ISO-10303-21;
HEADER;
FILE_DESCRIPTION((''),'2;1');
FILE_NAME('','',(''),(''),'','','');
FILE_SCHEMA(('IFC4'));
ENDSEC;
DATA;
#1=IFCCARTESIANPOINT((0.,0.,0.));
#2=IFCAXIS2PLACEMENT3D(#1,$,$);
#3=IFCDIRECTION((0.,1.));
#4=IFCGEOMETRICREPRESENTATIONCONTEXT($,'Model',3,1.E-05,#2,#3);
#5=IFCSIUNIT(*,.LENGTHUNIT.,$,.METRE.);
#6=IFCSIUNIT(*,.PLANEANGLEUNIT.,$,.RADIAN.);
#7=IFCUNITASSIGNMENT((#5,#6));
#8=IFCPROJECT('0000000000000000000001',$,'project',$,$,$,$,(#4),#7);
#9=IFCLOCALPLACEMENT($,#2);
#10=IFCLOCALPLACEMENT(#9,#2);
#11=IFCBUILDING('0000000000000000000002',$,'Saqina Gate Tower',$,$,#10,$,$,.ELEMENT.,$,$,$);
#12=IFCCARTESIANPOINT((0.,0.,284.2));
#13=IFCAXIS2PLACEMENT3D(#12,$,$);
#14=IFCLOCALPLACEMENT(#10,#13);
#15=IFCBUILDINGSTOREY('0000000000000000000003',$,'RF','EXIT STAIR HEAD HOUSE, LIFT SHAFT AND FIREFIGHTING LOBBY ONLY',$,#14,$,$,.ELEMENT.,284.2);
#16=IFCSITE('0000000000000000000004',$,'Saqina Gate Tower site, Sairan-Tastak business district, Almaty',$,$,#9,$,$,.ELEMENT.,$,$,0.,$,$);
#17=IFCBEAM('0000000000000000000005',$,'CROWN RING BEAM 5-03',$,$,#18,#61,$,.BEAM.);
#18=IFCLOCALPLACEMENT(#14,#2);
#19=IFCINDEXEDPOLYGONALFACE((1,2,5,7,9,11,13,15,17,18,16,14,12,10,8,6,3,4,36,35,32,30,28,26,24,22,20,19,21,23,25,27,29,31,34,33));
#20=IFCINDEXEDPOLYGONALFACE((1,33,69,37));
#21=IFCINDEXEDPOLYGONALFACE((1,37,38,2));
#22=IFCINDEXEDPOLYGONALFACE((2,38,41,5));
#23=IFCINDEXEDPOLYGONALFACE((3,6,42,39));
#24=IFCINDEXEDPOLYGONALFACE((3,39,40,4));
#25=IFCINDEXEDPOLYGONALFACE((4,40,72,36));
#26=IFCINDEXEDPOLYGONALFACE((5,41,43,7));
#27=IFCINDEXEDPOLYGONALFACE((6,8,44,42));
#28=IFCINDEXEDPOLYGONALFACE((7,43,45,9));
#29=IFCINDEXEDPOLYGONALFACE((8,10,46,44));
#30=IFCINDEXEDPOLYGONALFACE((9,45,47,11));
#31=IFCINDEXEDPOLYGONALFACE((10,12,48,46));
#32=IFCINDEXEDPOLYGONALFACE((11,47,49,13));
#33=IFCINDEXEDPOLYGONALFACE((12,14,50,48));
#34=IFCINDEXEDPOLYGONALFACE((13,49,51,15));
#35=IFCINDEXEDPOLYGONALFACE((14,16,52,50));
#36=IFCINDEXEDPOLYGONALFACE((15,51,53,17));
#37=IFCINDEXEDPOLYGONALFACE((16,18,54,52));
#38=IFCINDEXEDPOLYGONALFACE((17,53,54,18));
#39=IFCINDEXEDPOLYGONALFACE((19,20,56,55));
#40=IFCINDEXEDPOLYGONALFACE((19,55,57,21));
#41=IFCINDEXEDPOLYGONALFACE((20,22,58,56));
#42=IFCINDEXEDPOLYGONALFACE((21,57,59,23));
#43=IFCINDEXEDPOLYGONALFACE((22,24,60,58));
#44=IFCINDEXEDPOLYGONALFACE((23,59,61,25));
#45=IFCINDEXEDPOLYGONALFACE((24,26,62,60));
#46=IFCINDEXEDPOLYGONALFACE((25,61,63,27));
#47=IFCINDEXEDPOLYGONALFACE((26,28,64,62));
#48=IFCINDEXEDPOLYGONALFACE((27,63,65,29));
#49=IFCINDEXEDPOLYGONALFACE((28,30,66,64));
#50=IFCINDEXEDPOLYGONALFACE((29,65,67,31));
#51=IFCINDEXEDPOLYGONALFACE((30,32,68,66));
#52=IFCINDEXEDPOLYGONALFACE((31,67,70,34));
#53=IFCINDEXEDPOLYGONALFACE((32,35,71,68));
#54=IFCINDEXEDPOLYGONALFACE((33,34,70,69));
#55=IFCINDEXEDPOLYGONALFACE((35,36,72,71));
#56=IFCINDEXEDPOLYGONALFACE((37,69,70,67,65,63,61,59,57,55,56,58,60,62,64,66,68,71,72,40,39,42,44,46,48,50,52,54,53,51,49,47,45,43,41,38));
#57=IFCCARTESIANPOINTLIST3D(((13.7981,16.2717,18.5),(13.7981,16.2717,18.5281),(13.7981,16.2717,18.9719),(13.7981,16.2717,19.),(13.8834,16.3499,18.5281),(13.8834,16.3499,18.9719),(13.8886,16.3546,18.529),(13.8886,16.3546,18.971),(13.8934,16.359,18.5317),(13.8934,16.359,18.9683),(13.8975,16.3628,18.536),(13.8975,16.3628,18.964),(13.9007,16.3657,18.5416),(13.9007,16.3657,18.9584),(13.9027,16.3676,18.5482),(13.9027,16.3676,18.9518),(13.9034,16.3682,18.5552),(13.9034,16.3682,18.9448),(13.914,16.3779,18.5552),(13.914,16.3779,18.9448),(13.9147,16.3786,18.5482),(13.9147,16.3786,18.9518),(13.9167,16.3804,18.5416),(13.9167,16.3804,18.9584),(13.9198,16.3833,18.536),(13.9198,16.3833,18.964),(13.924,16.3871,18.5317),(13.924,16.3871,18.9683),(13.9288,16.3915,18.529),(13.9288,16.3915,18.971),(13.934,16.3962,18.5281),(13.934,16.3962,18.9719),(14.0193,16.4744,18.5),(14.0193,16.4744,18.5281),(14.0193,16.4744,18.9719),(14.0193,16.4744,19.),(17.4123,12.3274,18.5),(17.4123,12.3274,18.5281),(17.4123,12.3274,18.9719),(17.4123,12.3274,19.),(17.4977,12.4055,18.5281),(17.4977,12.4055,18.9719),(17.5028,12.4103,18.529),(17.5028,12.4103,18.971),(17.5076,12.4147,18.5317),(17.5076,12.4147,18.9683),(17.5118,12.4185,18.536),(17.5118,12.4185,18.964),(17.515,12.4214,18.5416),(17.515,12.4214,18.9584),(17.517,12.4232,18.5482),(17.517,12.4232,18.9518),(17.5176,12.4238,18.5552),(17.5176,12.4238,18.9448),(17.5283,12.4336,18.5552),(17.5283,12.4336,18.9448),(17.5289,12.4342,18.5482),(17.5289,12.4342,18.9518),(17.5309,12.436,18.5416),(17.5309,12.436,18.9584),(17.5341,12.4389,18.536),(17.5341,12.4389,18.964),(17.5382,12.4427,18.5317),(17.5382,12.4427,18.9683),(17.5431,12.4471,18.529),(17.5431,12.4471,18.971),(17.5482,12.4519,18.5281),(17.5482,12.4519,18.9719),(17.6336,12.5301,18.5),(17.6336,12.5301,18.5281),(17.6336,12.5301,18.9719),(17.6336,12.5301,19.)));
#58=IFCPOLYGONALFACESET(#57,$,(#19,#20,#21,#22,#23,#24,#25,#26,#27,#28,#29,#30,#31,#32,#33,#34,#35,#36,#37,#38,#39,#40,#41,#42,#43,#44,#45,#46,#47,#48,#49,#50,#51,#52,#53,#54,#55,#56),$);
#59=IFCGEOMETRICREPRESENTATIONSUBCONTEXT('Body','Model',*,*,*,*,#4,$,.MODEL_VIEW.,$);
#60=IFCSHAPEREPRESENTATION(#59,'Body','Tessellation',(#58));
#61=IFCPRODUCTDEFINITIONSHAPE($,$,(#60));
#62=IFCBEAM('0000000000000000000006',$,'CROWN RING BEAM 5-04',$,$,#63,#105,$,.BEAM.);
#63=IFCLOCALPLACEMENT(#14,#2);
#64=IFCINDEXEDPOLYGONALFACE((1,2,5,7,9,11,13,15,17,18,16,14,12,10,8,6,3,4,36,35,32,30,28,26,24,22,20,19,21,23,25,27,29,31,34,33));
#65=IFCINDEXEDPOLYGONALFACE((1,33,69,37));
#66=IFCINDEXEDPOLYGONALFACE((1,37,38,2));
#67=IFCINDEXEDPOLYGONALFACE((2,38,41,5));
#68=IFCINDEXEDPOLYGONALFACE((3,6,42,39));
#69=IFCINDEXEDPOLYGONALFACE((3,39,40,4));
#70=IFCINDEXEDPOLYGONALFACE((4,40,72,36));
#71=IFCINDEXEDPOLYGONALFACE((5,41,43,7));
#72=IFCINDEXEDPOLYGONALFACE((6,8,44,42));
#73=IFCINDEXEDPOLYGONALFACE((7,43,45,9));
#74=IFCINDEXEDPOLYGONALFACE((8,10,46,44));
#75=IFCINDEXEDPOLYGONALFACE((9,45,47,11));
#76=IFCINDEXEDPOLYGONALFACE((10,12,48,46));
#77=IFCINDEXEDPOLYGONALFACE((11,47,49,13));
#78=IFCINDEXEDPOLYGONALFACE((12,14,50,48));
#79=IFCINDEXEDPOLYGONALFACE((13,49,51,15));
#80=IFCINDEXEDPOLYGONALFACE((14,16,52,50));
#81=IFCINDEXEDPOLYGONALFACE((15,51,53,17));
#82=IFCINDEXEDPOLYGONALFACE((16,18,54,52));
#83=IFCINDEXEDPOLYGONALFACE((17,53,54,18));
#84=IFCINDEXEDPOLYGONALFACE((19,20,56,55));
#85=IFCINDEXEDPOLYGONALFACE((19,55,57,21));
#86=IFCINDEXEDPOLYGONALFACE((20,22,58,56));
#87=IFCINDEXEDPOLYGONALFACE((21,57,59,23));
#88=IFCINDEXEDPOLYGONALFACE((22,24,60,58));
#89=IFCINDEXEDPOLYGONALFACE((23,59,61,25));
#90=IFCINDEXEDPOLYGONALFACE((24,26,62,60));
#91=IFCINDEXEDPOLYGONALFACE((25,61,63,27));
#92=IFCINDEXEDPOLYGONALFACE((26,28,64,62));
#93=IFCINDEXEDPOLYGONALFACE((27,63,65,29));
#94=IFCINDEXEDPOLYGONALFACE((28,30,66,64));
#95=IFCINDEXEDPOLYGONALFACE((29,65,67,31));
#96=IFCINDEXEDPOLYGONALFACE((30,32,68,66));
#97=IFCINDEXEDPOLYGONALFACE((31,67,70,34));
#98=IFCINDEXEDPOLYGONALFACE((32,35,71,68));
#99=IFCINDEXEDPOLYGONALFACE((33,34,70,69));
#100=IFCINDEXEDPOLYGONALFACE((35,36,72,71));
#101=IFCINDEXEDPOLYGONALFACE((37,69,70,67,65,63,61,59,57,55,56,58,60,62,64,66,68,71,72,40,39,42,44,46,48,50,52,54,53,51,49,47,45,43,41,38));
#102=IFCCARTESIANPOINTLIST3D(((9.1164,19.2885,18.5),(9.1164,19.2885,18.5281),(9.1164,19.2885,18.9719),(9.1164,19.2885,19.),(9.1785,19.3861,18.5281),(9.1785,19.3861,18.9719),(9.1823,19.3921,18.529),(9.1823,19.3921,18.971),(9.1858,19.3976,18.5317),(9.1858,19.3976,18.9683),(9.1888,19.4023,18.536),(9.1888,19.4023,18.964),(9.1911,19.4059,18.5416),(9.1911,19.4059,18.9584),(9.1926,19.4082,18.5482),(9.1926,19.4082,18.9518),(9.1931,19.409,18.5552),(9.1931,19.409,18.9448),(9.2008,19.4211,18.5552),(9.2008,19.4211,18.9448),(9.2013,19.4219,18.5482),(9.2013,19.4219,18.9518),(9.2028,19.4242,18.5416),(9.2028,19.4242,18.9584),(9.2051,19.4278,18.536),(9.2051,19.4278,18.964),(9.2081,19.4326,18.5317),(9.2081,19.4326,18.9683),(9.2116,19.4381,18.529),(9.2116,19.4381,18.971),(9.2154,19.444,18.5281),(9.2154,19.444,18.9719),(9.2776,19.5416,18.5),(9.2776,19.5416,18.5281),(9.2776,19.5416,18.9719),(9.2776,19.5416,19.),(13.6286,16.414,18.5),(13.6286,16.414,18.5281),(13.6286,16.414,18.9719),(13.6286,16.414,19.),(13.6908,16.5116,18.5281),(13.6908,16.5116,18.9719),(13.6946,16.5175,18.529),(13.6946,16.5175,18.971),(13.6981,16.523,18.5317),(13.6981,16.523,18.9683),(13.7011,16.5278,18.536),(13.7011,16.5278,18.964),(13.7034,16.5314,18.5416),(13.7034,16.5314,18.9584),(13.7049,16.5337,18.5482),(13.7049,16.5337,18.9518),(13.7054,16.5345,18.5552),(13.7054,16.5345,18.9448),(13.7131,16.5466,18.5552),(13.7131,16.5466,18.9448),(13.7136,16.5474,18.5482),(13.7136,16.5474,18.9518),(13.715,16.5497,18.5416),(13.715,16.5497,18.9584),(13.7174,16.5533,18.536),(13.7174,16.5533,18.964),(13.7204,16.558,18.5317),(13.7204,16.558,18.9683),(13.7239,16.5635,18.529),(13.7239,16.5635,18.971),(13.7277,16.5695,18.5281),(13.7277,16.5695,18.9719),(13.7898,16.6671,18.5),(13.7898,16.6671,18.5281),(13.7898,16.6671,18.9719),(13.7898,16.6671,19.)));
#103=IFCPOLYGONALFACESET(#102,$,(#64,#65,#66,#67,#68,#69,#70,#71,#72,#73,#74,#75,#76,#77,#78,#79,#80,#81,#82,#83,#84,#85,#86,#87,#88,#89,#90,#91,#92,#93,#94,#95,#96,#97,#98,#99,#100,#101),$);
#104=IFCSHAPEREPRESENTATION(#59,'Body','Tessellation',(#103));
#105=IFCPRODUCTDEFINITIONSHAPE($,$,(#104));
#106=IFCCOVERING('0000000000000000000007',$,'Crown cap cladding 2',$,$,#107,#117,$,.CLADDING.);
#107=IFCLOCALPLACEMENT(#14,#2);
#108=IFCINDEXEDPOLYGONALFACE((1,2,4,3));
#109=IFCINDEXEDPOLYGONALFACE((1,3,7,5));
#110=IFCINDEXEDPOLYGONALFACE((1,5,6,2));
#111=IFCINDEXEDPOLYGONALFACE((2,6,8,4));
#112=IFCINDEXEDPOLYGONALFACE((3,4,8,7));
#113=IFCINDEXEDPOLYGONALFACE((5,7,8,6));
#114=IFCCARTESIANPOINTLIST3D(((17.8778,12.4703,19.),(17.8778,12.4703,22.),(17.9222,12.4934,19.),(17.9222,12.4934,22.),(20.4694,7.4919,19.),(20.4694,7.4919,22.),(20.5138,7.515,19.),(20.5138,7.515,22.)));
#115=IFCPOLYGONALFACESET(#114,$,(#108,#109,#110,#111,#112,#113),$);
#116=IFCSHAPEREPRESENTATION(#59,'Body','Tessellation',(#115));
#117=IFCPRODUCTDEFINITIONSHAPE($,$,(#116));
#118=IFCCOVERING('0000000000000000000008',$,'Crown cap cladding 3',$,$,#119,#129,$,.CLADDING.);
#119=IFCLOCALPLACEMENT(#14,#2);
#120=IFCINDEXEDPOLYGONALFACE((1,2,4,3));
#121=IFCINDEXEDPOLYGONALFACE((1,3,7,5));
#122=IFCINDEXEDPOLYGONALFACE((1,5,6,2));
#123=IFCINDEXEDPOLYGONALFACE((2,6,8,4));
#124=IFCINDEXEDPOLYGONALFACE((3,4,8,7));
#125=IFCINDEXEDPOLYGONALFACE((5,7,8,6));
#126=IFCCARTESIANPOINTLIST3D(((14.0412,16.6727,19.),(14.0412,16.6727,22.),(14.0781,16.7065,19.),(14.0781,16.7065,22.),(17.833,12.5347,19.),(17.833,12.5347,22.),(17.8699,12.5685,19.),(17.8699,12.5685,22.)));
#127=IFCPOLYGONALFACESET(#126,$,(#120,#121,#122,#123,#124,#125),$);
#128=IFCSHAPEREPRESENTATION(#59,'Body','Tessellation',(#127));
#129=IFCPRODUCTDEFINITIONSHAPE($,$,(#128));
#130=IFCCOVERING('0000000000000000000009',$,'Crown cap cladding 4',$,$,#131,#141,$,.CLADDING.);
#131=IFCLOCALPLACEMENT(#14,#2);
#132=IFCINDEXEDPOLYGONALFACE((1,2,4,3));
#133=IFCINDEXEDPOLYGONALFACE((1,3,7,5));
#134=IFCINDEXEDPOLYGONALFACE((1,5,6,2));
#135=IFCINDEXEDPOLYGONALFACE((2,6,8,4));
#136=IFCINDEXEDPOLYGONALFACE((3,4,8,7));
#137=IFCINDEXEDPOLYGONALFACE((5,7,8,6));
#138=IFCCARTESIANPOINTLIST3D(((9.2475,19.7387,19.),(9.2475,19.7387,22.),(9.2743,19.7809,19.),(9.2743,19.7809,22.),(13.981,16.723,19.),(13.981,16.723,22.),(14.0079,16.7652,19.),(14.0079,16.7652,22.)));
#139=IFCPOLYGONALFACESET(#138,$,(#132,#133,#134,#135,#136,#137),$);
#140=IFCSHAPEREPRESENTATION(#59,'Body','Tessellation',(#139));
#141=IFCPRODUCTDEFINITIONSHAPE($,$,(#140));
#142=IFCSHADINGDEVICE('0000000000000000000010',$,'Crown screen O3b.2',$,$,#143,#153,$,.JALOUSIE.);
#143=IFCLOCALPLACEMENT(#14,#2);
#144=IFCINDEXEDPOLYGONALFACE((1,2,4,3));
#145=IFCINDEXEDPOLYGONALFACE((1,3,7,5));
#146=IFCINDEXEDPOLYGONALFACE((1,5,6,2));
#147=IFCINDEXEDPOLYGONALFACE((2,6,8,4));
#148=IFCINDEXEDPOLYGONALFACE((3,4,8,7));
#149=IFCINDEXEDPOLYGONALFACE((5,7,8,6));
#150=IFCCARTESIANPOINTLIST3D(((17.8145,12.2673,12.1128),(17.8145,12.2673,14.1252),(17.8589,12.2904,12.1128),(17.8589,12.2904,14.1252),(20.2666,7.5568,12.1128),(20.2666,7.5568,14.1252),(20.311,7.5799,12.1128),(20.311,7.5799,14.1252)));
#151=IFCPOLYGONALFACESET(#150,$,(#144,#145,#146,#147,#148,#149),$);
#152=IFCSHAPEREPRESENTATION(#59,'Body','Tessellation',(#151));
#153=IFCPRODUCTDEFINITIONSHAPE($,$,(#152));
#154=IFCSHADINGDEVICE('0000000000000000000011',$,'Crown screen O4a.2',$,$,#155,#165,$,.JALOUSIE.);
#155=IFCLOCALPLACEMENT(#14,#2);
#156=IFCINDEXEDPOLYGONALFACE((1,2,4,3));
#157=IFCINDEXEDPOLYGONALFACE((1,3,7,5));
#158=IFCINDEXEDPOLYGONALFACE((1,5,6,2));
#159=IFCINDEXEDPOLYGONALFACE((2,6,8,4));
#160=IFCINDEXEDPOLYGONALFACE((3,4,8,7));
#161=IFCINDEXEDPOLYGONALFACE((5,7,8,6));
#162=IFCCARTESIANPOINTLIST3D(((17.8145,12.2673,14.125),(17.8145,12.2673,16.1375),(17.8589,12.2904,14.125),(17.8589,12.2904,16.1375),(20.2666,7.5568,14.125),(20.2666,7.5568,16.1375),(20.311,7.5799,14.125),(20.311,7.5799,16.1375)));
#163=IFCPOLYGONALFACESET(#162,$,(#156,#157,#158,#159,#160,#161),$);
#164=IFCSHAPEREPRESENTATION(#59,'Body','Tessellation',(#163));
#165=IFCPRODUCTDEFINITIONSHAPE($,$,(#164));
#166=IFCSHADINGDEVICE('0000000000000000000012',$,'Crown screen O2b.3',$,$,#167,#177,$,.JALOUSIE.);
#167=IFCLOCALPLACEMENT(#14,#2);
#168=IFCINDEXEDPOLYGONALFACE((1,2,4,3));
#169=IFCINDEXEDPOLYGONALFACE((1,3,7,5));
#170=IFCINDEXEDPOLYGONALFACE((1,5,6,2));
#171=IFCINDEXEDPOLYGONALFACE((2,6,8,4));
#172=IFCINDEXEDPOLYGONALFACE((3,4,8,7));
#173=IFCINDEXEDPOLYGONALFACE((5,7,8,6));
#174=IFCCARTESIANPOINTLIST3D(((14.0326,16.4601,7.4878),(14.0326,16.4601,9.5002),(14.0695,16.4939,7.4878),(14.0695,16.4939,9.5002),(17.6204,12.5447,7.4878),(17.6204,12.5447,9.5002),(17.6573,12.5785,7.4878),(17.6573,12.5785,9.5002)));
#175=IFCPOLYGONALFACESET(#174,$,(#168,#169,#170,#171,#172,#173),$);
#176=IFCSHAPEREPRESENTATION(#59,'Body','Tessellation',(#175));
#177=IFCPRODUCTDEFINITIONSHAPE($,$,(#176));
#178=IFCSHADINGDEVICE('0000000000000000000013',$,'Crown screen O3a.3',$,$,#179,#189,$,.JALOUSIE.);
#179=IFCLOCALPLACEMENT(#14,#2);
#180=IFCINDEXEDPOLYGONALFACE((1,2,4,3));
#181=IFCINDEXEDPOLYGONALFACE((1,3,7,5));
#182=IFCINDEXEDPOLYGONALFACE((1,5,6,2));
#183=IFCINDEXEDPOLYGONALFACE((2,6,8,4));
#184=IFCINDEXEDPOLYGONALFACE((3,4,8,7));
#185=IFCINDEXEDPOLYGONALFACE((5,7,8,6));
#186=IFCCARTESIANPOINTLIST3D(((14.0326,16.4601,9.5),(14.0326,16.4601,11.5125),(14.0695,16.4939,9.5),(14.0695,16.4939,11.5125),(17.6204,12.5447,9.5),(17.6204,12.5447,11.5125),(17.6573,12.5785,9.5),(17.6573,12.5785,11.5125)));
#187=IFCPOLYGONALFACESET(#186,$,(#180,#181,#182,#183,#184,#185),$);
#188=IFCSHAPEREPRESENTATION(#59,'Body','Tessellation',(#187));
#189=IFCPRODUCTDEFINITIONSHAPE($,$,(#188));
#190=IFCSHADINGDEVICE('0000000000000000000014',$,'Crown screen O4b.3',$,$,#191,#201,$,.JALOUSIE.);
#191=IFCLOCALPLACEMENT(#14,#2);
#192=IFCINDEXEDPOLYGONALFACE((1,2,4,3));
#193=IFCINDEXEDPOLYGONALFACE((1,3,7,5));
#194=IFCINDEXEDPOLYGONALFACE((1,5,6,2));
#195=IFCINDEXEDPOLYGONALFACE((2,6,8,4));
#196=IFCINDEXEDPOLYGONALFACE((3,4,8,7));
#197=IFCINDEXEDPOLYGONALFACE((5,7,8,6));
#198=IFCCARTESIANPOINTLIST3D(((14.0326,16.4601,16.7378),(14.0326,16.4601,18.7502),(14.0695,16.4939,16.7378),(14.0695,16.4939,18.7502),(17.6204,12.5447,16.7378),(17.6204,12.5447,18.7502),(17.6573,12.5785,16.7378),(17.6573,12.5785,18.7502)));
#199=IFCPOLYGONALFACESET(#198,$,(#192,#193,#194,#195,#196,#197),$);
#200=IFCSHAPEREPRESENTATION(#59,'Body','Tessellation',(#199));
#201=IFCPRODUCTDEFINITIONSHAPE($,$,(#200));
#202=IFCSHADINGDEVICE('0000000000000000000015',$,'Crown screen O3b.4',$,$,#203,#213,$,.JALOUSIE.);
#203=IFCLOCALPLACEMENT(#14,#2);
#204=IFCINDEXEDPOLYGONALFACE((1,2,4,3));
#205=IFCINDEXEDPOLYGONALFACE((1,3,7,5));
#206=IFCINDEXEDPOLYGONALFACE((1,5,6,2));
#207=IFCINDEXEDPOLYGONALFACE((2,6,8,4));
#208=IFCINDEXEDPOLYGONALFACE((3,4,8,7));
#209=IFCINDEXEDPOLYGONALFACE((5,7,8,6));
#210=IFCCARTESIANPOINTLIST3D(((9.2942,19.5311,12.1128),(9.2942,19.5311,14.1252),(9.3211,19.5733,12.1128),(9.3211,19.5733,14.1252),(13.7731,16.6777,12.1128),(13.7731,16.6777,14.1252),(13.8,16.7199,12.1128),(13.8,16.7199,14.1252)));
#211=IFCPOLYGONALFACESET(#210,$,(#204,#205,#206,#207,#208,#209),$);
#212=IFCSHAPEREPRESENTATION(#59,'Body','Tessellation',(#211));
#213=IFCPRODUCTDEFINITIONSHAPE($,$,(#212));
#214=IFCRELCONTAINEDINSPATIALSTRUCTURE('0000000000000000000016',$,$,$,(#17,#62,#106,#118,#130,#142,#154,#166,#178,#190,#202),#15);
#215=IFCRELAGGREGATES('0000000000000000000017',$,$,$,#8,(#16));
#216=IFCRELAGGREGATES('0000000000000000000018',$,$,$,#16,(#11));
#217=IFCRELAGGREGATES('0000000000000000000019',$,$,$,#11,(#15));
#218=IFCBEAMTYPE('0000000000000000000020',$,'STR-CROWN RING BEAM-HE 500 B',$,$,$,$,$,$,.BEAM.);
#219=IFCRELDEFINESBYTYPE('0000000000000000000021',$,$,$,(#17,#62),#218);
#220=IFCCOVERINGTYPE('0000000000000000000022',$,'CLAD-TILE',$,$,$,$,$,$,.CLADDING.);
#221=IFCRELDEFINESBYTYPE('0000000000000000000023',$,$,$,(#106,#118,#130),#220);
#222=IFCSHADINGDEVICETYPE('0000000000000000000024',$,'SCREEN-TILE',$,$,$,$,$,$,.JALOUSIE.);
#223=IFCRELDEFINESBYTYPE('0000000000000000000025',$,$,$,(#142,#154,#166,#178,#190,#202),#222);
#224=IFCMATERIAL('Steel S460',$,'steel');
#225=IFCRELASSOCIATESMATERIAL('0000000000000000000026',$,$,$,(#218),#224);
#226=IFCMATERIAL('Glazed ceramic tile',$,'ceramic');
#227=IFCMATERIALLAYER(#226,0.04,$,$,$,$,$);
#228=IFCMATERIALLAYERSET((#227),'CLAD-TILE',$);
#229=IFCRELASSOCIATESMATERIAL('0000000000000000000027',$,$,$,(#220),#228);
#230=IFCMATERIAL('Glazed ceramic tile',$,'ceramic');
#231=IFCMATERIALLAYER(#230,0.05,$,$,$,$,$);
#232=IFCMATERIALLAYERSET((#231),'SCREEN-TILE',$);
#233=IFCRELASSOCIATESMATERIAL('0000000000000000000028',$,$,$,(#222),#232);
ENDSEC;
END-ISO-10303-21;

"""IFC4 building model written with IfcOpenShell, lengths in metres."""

from ifc_helpers import new_model, si_unit, direction, frame, origin, origin_2d, place, context, subcontext, project, spatial, rectangle, i_section, extrude, material, layer, layer_set, material_profile, profile_set, type_object, element, save


model = new_model("IFC4")

# Units and contexts
model_context = context("Model", 3, precision=1e-05, world=origin(), true_north=direction((0.0, 1.0)))
body_context = subcontext(model_context, "Body", "Model", "MODEL_VIEW")
ifc_project = project(units=[si_unit("LENGTHUNIT", "METRE"), si_unit("PLANEANGLEUNIT", "RADIAN")], contexts=[model_context])

# Site, building, storey
site_placement = place(None, origin())
site = spatial("IfcSite", under=ifc_project, at=site_placement, Name="Saqina Gate Tower site, Sairan-Tastak business district, Almaty", CompositionType="ELEMENT", RefElevation=0.0)
building_placement = place(site_placement, origin())
building = spatial("IfcBuilding", under=site, at=building_placement, Name="Saqina Gate Tower", CompositionType="ELEMENT")
storey_placement = place(building_placement, frame((0.0, 0.0, 284.2)))
storey = spatial("IfcBuildingStorey", under=building, at=storey_placement, Name="RF", Description="EXIT STAIR HEAD HOUSE, LIFT SHAFT AND FIREFIGHTING LOBBY ONLY", CompositionType="ELEMENT", Elevation=284.2)

# Beams
ifc_material_1 = material(Name="Steel S460", Category="steel")
ifc_material_profile_1 = material_profile(ifc_material_1, i_section(OverallWidth=0.3, OverallDepth=0.5, WebThickness=0.0144, FlangeThickness=0.0281, FilletRadius=0.0271, at=origin_2d()), Name="HE 500 B")
ifc_profile_set_1 = profile_set([ifc_material_profile_1], Name="Steel S460")
beam_type_1 = type_object("IfcBeamType", Name="STR-CROWN RING BEAM-HE 500 B", PredefinedType="BEAM", material=ifc_profile_set_1)
beam_1_placement = place(storey_placement, frame((17.5229, 12.4287, 18.75), z_axis=(-0.675584, 0.737283, 0.0), x_axis=(-0.737283, -0.675584, 0.0)))
element("IfcBeam", 1, at=beam_1_placement, inside=storey, type_object=beam_type_1, Name="CROWN RING BEAM 5-03", PredefinedType="BEAM", context=body_context, shape_type="SweptSolid", body=[
    extrude(i_section(OverallWidth=0.3, OverallDepth=0.5, WebThickness=0.0144, FlangeThickness=0.0281, FilletRadius=0.0271, at=origin_2d()), origin(), (0.0, 0.0, 1.0), 5.3499),
])
beam_2_placement = place(storey_placement, frame((13.7092, 16.5405, 18.75), z_axis=(-0.843398, 0.537289, 0.0), x_axis=(-0.537289, -0.843398, 0.0)))
element("IfcBeam", 2, at=beam_2_placement, inside=storey, type_object=beam_type_1, Name="CROWN RING BEAM 5-04", PredefinedType="BEAM", context=body_context, shape_type="SweptSolid", body=[
    extrude(i_section(OverallWidth=0.3, OverallDepth=0.5, WebThickness=0.0144, FlangeThickness=0.0281, FilletRadius=0.0271, at=origin_2d()), origin(), (0.0, 0.0, 1.0), 5.3501),
])

# Coverings
ifc_material_2 = material(Name="Glazed ceramic tile", Category="ceramic")
ifc_layer_1 = layer(ifc_material_2, 0.04)
ifc_layer_set_1 = layer_set([ifc_layer_1], Name="CLAD-TILE")
covering_type = type_object("IfcCoveringType", Name="CLAD-TILE", PredefinedType="CLADDING", material=ifc_layer_set_1)
for number, where, z_axis, x_axis, name in (
    (3, (19.1958, 9.9927, 19.0), (0.0, 0.0, 1.0), (-0.461749, 0.887011, 0.0), "Crown cap cladding 2"),
    (4, (15.9556, 14.6206, 19.0), (0.0, 0.0, 1.0), (-0.67559, 0.737277, 0.0), "Crown cap cladding 3"),
    (5, (11.6277, 18.252, 19.0), (0.0, 0.0, 1.0), (-0.843391, 0.5373, 0.0), "Crown cap cladding 4"),
):
    element("IfcCovering", number, at=place(storey_placement, frame(where, z_axis=z_axis, x_axis=x_axis)), inside=storey, type_object=covering_type, Name=name, PredefinedType="CLADDING", context=body_context, shape_type="SweptSolid", body=[
        extrude(rectangle(XDim=5.6125, YDim=0.05, at=origin_2d()), origin(), (0.0, 0.0, 1.0), 3.0),
    ])

# Shading devices
ifc_material_3 = material(Name="Glazed ceramic tile", Category="ceramic")
ifc_layer_2 = layer(ifc_material_3, 0.05)
ifc_layer_set_2 = layer_set([ifc_layer_2], Name="SCREEN-TILE")
shading_device_type_1 = type_object("IfcShadingDeviceType", Name="SCREEN-TILE", PredefinedType="JALOUSIE", material=ifc_layer_set_2)
for number, where, z_axis, x_axis, name in (
    (6, (19.0627, 9.9236, 12.1128), (0.0, 0.0, 1.0), (-0.461749, 0.887011, 0.0), "Crown screen O3b.2"),
    (7, (19.0627, 9.9236, 14.125), (0.0, 0.0, 1.0), (-0.461749, 0.887011, 0.0), "Crown screen O4a.2"),
    (8, (15.845, 14.5193, 7.4878), (0.0, 0.0, 1.0), (-0.67559, 0.737277, 0.0), "Crown screen O2b.3"),
    (9, (15.845, 14.5193, 9.5), (0.0, 0.0, 1.0), (-0.67559, 0.737277, 0.0), "Crown screen O3a.3"),
    (10, (15.845, 14.5193, 16.7378), (0.0, 0.0, 1.0), (-0.67559, 0.737277, 0.0), "Crown screen O4b.3"),
    (11, (11.5471, 18.1255, 12.1128), (0.0, 0.0, 1.0), (-0.843391, 0.5373, 0.0), "Crown screen O3b.4"),
):
    element("IfcShadingDevice", number, at=place(storey_placement, frame(where, z_axis=z_axis, x_axis=x_axis)), inside=storey, type_object=shading_device_type_1, Name=name, PredefinedType="JALOUSIE", context=body_context, shape_type="SweptSolid", body=[
        extrude(rectangle(XDim=5.3105, YDim=0.05, at=origin_2d()), origin(), (0.0, 0.0, 1.0), 2.0125),
    ])

save(model, "model.ifc")
